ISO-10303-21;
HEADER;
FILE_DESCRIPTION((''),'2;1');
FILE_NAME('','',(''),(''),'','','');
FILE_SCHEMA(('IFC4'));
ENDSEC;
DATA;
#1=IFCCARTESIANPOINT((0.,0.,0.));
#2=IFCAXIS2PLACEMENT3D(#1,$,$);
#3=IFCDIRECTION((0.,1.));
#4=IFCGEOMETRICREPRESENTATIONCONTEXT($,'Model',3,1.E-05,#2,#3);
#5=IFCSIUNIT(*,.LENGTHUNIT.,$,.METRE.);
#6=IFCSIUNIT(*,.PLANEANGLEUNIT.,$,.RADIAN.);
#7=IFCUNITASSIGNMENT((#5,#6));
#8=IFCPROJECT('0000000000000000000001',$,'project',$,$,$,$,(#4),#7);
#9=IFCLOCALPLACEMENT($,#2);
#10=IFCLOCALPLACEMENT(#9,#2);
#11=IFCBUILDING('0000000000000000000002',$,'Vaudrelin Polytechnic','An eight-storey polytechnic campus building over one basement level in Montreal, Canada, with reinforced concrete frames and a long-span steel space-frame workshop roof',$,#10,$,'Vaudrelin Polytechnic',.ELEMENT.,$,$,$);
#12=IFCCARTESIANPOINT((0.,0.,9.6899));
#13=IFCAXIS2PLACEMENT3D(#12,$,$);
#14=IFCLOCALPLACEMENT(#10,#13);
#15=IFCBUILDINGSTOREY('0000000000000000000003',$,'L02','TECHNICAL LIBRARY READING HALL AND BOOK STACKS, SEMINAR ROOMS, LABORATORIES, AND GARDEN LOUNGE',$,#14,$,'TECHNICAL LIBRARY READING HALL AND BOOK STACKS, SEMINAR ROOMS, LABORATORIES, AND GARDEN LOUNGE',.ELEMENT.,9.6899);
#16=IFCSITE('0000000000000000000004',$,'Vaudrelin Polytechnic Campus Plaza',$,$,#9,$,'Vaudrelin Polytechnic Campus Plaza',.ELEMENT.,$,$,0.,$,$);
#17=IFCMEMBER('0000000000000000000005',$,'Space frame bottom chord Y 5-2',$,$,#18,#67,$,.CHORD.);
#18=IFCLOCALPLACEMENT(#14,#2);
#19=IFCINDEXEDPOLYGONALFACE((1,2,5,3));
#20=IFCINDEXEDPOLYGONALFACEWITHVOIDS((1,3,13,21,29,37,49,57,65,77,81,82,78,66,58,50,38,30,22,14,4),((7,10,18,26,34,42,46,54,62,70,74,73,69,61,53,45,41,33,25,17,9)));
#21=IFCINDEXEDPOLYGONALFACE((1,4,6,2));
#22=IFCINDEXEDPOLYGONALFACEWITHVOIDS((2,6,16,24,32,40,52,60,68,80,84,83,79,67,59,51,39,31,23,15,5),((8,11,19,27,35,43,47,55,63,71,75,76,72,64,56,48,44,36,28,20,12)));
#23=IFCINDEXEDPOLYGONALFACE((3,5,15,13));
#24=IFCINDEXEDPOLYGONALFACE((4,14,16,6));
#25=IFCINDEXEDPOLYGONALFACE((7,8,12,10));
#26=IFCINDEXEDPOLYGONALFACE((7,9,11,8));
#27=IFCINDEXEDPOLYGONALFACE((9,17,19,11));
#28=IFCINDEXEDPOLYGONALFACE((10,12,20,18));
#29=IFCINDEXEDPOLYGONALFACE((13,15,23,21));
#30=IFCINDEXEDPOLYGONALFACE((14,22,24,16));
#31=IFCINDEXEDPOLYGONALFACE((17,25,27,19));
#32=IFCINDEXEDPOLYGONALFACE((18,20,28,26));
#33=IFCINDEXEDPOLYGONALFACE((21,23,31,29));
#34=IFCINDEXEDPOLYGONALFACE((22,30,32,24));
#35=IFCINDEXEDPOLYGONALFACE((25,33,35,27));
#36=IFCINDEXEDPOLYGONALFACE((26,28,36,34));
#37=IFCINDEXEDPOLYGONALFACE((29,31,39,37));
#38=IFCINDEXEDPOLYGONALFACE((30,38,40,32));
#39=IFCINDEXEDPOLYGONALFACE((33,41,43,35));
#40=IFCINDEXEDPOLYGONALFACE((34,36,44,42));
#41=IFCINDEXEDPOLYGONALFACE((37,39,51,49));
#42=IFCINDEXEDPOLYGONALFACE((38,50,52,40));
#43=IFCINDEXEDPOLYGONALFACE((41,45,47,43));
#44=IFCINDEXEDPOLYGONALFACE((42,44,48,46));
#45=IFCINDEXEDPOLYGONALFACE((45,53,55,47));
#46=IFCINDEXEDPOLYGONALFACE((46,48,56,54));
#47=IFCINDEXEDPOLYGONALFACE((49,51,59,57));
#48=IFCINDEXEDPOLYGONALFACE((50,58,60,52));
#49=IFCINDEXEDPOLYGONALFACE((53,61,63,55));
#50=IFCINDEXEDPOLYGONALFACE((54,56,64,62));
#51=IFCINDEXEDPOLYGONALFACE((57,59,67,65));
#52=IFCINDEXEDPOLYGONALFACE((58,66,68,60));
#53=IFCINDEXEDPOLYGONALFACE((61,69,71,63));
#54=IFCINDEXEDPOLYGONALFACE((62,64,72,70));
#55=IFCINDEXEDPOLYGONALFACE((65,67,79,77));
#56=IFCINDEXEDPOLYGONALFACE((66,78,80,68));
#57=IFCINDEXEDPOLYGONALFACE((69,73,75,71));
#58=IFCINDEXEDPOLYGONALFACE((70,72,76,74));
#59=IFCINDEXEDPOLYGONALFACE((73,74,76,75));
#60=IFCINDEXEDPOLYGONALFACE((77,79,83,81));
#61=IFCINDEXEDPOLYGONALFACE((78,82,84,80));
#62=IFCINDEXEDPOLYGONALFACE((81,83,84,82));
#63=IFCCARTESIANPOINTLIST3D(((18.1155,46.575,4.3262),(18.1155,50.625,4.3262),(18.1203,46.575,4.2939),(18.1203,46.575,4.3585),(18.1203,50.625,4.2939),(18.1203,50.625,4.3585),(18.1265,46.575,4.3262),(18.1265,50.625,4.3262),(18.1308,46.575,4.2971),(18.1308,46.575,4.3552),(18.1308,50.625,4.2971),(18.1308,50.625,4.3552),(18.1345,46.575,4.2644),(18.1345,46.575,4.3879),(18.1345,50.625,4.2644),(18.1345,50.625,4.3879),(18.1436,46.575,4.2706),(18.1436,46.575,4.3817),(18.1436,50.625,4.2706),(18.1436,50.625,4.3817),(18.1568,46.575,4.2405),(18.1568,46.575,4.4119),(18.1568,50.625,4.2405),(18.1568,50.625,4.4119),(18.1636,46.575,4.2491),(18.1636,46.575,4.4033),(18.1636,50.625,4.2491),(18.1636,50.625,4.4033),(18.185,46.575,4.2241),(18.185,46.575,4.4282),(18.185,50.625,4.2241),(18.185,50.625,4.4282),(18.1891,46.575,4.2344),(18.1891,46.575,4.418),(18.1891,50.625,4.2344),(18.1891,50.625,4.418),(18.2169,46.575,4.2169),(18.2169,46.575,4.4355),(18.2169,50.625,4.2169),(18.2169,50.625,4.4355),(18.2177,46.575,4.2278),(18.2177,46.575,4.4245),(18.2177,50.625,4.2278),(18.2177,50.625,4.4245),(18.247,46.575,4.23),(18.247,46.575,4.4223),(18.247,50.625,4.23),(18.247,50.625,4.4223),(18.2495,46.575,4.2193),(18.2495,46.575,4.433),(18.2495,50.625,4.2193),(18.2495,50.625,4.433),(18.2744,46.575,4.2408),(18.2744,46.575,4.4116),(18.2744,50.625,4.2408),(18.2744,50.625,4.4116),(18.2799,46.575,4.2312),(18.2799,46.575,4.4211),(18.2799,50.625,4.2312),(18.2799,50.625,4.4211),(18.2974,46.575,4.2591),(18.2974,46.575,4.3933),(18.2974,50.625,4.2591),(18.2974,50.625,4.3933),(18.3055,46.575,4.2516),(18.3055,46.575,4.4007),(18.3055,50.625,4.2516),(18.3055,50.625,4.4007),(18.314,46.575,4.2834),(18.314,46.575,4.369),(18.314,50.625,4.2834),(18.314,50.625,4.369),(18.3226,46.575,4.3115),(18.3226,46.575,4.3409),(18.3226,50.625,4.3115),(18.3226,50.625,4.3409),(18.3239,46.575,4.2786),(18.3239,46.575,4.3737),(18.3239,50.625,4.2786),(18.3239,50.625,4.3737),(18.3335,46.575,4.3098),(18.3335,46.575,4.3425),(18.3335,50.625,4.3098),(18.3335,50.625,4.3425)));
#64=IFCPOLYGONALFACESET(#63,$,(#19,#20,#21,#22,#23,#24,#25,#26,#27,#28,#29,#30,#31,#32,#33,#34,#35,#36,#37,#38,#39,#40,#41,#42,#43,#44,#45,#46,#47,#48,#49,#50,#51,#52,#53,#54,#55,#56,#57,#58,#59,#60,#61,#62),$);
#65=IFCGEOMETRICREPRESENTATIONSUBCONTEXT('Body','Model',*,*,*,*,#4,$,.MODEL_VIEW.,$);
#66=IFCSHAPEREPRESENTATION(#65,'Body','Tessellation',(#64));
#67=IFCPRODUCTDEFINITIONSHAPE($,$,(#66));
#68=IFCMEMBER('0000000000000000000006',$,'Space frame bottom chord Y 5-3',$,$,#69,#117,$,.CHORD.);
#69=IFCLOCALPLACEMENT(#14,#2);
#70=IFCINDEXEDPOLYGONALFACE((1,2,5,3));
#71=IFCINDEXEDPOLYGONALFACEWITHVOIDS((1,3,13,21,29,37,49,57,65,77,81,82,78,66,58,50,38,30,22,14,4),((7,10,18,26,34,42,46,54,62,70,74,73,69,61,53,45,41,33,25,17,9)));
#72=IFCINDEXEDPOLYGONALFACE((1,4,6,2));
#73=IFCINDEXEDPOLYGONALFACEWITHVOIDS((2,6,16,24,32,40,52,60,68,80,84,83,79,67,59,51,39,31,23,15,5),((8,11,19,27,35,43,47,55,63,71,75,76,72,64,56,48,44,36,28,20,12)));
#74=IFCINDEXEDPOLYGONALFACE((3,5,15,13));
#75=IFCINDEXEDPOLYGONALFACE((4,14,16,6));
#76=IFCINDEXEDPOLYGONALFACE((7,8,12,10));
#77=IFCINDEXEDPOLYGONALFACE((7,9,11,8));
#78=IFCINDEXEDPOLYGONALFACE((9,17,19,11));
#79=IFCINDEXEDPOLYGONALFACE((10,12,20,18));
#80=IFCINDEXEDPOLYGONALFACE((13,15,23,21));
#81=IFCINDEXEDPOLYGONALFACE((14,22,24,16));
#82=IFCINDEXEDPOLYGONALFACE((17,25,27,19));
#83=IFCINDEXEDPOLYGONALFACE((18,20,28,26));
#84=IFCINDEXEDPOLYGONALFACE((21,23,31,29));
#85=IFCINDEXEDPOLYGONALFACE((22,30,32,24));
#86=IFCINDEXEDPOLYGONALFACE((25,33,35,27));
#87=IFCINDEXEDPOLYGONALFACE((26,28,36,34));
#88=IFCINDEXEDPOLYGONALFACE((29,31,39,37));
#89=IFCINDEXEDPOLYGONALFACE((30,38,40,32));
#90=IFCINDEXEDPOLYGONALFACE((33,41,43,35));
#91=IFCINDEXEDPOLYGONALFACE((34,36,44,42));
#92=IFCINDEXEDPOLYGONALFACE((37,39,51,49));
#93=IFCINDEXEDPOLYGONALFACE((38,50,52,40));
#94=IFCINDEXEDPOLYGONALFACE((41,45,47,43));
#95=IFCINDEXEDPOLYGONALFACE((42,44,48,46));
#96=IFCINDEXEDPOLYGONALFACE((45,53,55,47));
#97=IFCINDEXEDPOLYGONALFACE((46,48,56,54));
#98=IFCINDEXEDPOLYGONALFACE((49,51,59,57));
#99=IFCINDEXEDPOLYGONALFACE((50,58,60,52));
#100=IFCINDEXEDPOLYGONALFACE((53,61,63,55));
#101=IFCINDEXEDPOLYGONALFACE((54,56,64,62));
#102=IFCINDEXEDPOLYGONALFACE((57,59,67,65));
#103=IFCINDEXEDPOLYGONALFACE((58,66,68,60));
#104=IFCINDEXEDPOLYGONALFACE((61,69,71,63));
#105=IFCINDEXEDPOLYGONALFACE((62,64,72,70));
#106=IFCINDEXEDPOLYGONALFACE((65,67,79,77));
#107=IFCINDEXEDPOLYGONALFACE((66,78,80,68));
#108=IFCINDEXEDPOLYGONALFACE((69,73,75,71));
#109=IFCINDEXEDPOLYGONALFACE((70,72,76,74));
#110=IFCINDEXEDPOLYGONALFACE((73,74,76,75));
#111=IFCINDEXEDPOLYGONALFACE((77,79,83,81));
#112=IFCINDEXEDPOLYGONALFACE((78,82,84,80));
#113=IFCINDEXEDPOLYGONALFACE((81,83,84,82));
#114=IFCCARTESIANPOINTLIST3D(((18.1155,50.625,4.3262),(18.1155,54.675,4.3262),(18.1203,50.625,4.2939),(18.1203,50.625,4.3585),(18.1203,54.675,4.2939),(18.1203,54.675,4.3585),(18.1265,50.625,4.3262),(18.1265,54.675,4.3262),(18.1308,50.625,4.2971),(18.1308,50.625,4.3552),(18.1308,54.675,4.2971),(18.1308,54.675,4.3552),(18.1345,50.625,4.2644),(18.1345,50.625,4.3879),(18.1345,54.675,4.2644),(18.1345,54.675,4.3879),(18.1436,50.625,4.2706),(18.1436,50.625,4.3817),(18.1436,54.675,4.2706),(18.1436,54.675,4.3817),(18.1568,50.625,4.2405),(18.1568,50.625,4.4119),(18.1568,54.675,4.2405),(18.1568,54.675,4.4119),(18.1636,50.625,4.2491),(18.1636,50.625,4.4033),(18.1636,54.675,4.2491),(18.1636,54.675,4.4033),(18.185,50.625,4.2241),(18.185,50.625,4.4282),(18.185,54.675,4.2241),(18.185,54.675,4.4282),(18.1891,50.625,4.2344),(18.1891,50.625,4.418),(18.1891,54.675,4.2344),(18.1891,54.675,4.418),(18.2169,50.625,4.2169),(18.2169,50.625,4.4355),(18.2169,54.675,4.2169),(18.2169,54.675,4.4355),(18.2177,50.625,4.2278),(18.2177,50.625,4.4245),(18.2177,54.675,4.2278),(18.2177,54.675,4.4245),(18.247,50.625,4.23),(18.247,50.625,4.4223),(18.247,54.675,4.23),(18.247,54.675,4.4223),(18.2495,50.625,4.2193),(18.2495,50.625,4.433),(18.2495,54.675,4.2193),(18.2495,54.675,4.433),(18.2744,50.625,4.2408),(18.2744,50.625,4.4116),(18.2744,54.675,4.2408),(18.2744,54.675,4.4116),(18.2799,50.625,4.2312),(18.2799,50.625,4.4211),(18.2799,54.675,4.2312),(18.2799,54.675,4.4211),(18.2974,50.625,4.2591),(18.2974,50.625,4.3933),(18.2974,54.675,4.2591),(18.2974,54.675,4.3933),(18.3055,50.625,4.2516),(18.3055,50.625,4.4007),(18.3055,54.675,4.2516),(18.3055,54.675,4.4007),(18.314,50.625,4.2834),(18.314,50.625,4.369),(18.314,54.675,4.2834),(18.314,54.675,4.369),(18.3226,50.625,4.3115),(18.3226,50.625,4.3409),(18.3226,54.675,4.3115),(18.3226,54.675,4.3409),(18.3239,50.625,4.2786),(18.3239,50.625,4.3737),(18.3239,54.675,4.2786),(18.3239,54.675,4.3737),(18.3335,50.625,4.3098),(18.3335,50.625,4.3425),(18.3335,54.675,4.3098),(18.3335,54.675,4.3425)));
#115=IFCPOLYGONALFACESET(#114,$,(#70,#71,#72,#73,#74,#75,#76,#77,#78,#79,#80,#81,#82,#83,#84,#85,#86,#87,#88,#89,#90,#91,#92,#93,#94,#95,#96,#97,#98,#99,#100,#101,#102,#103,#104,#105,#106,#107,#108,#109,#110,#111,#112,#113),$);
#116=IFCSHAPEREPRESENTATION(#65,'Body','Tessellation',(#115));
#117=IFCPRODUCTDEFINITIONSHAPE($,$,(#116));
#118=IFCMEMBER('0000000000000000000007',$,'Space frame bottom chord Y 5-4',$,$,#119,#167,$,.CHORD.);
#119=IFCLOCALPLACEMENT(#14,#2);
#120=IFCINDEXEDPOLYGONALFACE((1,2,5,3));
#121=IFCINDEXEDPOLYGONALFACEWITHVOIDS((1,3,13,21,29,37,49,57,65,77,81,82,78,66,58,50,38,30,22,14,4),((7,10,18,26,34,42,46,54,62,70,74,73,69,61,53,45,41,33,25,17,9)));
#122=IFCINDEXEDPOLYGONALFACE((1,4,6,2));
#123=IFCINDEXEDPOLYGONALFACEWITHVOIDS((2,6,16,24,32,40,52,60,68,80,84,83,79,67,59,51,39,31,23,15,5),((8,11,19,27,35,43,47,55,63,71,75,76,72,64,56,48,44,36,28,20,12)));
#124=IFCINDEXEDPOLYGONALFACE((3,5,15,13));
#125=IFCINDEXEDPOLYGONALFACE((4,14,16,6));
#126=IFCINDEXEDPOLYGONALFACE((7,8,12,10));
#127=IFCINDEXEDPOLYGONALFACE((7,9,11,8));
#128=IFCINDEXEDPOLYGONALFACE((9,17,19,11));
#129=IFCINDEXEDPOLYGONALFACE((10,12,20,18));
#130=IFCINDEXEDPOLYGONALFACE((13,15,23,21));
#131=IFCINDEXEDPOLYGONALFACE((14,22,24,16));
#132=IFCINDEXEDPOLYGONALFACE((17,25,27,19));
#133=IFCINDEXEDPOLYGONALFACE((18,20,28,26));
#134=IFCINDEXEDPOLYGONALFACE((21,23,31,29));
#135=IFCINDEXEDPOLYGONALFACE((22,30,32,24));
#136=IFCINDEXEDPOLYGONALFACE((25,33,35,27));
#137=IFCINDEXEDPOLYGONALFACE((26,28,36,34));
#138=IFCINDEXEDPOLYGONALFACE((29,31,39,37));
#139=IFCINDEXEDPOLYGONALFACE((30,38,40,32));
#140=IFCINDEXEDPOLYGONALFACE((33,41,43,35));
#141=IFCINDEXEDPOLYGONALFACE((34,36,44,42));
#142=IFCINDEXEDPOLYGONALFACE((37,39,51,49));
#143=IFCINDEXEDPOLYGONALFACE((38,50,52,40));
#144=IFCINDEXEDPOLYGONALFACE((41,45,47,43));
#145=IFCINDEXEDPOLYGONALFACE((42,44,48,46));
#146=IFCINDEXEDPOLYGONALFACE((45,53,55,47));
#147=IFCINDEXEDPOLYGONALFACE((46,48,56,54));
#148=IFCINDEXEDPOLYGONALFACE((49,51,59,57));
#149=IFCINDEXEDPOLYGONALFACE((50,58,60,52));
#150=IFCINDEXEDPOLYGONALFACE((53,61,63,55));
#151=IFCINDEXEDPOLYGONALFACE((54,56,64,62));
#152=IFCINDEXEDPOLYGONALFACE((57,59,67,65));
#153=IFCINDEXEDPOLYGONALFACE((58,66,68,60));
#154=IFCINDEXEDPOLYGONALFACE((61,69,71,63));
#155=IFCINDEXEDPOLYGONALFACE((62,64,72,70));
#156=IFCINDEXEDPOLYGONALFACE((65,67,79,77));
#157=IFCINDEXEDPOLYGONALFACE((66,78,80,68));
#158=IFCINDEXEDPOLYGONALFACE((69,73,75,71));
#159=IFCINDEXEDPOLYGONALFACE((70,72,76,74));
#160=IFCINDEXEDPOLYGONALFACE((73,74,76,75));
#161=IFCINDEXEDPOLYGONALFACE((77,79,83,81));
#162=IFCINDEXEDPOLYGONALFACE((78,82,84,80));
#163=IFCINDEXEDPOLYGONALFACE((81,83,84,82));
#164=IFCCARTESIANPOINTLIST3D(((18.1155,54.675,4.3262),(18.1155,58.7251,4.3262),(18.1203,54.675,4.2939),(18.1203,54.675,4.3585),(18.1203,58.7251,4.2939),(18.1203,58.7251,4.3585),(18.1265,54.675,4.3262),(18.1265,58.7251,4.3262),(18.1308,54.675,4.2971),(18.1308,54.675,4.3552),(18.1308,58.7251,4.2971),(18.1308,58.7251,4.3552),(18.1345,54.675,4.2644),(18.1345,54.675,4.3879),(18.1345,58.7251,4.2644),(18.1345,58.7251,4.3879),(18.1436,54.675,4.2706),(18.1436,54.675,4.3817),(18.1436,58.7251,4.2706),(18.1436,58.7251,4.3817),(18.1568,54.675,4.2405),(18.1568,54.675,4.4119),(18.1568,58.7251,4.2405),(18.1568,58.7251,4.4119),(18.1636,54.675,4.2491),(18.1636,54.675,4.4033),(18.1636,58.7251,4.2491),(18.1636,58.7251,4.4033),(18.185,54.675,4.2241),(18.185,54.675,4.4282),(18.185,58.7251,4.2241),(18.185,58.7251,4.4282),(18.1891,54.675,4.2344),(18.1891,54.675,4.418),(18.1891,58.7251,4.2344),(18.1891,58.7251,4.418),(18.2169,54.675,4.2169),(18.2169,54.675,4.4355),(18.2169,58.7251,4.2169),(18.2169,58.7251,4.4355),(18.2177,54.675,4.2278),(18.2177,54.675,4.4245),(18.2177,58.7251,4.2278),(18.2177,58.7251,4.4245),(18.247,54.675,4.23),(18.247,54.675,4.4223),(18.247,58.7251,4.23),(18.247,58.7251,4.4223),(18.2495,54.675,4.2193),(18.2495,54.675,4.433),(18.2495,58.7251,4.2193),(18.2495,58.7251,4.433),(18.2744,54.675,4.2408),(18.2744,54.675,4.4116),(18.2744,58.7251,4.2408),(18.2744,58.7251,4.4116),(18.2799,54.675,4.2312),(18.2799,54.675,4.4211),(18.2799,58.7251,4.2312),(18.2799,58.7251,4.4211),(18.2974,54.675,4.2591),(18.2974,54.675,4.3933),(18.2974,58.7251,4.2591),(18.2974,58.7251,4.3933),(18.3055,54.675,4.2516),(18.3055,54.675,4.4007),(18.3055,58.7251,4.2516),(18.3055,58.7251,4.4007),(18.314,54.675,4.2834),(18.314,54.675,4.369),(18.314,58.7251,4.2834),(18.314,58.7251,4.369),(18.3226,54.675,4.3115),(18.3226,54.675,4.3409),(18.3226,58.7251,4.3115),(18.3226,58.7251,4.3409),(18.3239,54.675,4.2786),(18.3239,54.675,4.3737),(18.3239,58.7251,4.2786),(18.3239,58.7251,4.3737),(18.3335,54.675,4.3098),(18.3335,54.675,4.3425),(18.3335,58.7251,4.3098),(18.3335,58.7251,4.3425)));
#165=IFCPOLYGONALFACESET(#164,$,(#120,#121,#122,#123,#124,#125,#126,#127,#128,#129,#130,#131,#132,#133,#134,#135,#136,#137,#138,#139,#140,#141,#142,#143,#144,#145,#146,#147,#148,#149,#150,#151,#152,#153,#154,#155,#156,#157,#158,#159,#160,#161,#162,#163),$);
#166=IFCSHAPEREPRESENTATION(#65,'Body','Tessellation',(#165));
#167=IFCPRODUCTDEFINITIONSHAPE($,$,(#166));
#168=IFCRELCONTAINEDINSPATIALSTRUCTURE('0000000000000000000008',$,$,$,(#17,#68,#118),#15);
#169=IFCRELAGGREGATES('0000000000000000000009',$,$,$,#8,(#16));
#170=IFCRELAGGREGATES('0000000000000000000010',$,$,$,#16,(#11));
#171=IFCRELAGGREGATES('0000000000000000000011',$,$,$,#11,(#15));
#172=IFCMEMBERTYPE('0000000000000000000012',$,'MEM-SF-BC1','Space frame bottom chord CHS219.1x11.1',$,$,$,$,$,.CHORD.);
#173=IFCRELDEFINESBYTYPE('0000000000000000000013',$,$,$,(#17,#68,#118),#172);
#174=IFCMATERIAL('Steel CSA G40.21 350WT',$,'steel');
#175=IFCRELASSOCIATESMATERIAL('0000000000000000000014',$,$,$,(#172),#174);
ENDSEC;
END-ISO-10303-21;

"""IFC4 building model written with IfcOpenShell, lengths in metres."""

from ifc_helpers import new_model, si_unit, direction, frame, origin, origin_2d, place, context, subcontext, project, spatial, hollow_circle, extrude, material, material_profile, profile_set, type_object, element, save


model = new_model("IFC4")

# Units and contexts
model_context = context("Model", 3, precision=1e-05, world=origin(), true_north=direction((0.0, 1.0)))
body_context = subcontext(model_context, "Body", "Model", "MODEL_VIEW")
ifc_project = project(units=[si_unit("LENGTHUNIT", "METRE"), si_unit("PLANEANGLEUNIT", "RADIAN")], contexts=[model_context])

# Site, building, storey
site_placement = place(None, origin())
site = spatial("IfcSite", under=ifc_project, at=site_placement, Name="Vaudrelin Polytechnic Campus Plaza", LongName="Vaudrelin Polytechnic Campus Plaza", CompositionType="ELEMENT", RefElevation=0.0)
building_placement = place(site_placement, origin())
building = spatial("IfcBuilding", under=site, at=building_placement, Name="Vaudrelin Polytechnic", Description="An eight-storey polytechnic campus building over one basement level in Montreal, Canada, with reinforced concrete frames and a long-span steel space-frame workshop roof", LongName="Vaudrelin Polytechnic", CompositionType="ELEMENT")
storey_placement = place(building_placement, frame((0.0, 0.0, 9.6899)))
storey = spatial("IfcBuildingStorey", under=building, at=storey_placement, Name="L02", Description="TECHNICAL LIBRARY READING HALL AND BOOK STACKS, SEMINAR ROOMS, LABORATORIES, AND GARDEN LOUNGE", LongName="TECHNICAL LIBRARY READING HALL AND BOOK STACKS, SEMINAR ROOMS, LABORATORIES, AND GARDEN LOUNGE", CompositionType="ELEMENT", Elevation=9.6899)

# Members
ifc_material_1 = material(Name="Steel CSA G40.21 350WT", Category="steel")
ifc_material_profile_1 = material_profile(ifc_material_1, hollow_circle(Radius=0.1096, WallThickness=0.011, at=origin_2d()), Name="CHS219.1x11.1")
ifc_profile_set_1 = profile_set([ifc_material_profile_1], Name="Steel CSA G40.21 350WT")
member_type = type_object("IfcMemberType", Name="MEM-SF-BC1", Description="Space frame bottom chord CHS219.1x11.1", PredefinedType="CHORD", material=ifc_profile_set_1)
for number, where, z_axis, x_axis, name in (
    (1, (18.2251, 46.575, 4.3262), (0.0, 1.0, 0.0), (-1.0, 0.0, 0.0), "Space frame bottom chord Y 5-2"),
    (2, (18.2251, 50.625, 4.3262), (0.0, 1.0, 0.0), (-1.0, 0.0, 0.0), "Space frame bottom chord Y 5-3"),
    (3, (18.2251, 54.675, 4.3262), (0.0, 1.0, 0.0), (-1.0, 0.0, 0.0), "Space frame bottom chord Y 5-4"),
):
    element("IfcMember", number, at=place(storey_placement, frame(where, z_axis=z_axis, x_axis=x_axis)), inside=storey, type_object=member_type, Name=name, PredefinedType="CHORD", context=body_context, shape_type="SweptSolid", body=[
        extrude(hollow_circle(Radius=0.1096, WallThickness=0.011, at=origin_2d()), origin(), (0.0, 0.0, 1.0), 4.05),
    ])

save(model, "model.ifc")
